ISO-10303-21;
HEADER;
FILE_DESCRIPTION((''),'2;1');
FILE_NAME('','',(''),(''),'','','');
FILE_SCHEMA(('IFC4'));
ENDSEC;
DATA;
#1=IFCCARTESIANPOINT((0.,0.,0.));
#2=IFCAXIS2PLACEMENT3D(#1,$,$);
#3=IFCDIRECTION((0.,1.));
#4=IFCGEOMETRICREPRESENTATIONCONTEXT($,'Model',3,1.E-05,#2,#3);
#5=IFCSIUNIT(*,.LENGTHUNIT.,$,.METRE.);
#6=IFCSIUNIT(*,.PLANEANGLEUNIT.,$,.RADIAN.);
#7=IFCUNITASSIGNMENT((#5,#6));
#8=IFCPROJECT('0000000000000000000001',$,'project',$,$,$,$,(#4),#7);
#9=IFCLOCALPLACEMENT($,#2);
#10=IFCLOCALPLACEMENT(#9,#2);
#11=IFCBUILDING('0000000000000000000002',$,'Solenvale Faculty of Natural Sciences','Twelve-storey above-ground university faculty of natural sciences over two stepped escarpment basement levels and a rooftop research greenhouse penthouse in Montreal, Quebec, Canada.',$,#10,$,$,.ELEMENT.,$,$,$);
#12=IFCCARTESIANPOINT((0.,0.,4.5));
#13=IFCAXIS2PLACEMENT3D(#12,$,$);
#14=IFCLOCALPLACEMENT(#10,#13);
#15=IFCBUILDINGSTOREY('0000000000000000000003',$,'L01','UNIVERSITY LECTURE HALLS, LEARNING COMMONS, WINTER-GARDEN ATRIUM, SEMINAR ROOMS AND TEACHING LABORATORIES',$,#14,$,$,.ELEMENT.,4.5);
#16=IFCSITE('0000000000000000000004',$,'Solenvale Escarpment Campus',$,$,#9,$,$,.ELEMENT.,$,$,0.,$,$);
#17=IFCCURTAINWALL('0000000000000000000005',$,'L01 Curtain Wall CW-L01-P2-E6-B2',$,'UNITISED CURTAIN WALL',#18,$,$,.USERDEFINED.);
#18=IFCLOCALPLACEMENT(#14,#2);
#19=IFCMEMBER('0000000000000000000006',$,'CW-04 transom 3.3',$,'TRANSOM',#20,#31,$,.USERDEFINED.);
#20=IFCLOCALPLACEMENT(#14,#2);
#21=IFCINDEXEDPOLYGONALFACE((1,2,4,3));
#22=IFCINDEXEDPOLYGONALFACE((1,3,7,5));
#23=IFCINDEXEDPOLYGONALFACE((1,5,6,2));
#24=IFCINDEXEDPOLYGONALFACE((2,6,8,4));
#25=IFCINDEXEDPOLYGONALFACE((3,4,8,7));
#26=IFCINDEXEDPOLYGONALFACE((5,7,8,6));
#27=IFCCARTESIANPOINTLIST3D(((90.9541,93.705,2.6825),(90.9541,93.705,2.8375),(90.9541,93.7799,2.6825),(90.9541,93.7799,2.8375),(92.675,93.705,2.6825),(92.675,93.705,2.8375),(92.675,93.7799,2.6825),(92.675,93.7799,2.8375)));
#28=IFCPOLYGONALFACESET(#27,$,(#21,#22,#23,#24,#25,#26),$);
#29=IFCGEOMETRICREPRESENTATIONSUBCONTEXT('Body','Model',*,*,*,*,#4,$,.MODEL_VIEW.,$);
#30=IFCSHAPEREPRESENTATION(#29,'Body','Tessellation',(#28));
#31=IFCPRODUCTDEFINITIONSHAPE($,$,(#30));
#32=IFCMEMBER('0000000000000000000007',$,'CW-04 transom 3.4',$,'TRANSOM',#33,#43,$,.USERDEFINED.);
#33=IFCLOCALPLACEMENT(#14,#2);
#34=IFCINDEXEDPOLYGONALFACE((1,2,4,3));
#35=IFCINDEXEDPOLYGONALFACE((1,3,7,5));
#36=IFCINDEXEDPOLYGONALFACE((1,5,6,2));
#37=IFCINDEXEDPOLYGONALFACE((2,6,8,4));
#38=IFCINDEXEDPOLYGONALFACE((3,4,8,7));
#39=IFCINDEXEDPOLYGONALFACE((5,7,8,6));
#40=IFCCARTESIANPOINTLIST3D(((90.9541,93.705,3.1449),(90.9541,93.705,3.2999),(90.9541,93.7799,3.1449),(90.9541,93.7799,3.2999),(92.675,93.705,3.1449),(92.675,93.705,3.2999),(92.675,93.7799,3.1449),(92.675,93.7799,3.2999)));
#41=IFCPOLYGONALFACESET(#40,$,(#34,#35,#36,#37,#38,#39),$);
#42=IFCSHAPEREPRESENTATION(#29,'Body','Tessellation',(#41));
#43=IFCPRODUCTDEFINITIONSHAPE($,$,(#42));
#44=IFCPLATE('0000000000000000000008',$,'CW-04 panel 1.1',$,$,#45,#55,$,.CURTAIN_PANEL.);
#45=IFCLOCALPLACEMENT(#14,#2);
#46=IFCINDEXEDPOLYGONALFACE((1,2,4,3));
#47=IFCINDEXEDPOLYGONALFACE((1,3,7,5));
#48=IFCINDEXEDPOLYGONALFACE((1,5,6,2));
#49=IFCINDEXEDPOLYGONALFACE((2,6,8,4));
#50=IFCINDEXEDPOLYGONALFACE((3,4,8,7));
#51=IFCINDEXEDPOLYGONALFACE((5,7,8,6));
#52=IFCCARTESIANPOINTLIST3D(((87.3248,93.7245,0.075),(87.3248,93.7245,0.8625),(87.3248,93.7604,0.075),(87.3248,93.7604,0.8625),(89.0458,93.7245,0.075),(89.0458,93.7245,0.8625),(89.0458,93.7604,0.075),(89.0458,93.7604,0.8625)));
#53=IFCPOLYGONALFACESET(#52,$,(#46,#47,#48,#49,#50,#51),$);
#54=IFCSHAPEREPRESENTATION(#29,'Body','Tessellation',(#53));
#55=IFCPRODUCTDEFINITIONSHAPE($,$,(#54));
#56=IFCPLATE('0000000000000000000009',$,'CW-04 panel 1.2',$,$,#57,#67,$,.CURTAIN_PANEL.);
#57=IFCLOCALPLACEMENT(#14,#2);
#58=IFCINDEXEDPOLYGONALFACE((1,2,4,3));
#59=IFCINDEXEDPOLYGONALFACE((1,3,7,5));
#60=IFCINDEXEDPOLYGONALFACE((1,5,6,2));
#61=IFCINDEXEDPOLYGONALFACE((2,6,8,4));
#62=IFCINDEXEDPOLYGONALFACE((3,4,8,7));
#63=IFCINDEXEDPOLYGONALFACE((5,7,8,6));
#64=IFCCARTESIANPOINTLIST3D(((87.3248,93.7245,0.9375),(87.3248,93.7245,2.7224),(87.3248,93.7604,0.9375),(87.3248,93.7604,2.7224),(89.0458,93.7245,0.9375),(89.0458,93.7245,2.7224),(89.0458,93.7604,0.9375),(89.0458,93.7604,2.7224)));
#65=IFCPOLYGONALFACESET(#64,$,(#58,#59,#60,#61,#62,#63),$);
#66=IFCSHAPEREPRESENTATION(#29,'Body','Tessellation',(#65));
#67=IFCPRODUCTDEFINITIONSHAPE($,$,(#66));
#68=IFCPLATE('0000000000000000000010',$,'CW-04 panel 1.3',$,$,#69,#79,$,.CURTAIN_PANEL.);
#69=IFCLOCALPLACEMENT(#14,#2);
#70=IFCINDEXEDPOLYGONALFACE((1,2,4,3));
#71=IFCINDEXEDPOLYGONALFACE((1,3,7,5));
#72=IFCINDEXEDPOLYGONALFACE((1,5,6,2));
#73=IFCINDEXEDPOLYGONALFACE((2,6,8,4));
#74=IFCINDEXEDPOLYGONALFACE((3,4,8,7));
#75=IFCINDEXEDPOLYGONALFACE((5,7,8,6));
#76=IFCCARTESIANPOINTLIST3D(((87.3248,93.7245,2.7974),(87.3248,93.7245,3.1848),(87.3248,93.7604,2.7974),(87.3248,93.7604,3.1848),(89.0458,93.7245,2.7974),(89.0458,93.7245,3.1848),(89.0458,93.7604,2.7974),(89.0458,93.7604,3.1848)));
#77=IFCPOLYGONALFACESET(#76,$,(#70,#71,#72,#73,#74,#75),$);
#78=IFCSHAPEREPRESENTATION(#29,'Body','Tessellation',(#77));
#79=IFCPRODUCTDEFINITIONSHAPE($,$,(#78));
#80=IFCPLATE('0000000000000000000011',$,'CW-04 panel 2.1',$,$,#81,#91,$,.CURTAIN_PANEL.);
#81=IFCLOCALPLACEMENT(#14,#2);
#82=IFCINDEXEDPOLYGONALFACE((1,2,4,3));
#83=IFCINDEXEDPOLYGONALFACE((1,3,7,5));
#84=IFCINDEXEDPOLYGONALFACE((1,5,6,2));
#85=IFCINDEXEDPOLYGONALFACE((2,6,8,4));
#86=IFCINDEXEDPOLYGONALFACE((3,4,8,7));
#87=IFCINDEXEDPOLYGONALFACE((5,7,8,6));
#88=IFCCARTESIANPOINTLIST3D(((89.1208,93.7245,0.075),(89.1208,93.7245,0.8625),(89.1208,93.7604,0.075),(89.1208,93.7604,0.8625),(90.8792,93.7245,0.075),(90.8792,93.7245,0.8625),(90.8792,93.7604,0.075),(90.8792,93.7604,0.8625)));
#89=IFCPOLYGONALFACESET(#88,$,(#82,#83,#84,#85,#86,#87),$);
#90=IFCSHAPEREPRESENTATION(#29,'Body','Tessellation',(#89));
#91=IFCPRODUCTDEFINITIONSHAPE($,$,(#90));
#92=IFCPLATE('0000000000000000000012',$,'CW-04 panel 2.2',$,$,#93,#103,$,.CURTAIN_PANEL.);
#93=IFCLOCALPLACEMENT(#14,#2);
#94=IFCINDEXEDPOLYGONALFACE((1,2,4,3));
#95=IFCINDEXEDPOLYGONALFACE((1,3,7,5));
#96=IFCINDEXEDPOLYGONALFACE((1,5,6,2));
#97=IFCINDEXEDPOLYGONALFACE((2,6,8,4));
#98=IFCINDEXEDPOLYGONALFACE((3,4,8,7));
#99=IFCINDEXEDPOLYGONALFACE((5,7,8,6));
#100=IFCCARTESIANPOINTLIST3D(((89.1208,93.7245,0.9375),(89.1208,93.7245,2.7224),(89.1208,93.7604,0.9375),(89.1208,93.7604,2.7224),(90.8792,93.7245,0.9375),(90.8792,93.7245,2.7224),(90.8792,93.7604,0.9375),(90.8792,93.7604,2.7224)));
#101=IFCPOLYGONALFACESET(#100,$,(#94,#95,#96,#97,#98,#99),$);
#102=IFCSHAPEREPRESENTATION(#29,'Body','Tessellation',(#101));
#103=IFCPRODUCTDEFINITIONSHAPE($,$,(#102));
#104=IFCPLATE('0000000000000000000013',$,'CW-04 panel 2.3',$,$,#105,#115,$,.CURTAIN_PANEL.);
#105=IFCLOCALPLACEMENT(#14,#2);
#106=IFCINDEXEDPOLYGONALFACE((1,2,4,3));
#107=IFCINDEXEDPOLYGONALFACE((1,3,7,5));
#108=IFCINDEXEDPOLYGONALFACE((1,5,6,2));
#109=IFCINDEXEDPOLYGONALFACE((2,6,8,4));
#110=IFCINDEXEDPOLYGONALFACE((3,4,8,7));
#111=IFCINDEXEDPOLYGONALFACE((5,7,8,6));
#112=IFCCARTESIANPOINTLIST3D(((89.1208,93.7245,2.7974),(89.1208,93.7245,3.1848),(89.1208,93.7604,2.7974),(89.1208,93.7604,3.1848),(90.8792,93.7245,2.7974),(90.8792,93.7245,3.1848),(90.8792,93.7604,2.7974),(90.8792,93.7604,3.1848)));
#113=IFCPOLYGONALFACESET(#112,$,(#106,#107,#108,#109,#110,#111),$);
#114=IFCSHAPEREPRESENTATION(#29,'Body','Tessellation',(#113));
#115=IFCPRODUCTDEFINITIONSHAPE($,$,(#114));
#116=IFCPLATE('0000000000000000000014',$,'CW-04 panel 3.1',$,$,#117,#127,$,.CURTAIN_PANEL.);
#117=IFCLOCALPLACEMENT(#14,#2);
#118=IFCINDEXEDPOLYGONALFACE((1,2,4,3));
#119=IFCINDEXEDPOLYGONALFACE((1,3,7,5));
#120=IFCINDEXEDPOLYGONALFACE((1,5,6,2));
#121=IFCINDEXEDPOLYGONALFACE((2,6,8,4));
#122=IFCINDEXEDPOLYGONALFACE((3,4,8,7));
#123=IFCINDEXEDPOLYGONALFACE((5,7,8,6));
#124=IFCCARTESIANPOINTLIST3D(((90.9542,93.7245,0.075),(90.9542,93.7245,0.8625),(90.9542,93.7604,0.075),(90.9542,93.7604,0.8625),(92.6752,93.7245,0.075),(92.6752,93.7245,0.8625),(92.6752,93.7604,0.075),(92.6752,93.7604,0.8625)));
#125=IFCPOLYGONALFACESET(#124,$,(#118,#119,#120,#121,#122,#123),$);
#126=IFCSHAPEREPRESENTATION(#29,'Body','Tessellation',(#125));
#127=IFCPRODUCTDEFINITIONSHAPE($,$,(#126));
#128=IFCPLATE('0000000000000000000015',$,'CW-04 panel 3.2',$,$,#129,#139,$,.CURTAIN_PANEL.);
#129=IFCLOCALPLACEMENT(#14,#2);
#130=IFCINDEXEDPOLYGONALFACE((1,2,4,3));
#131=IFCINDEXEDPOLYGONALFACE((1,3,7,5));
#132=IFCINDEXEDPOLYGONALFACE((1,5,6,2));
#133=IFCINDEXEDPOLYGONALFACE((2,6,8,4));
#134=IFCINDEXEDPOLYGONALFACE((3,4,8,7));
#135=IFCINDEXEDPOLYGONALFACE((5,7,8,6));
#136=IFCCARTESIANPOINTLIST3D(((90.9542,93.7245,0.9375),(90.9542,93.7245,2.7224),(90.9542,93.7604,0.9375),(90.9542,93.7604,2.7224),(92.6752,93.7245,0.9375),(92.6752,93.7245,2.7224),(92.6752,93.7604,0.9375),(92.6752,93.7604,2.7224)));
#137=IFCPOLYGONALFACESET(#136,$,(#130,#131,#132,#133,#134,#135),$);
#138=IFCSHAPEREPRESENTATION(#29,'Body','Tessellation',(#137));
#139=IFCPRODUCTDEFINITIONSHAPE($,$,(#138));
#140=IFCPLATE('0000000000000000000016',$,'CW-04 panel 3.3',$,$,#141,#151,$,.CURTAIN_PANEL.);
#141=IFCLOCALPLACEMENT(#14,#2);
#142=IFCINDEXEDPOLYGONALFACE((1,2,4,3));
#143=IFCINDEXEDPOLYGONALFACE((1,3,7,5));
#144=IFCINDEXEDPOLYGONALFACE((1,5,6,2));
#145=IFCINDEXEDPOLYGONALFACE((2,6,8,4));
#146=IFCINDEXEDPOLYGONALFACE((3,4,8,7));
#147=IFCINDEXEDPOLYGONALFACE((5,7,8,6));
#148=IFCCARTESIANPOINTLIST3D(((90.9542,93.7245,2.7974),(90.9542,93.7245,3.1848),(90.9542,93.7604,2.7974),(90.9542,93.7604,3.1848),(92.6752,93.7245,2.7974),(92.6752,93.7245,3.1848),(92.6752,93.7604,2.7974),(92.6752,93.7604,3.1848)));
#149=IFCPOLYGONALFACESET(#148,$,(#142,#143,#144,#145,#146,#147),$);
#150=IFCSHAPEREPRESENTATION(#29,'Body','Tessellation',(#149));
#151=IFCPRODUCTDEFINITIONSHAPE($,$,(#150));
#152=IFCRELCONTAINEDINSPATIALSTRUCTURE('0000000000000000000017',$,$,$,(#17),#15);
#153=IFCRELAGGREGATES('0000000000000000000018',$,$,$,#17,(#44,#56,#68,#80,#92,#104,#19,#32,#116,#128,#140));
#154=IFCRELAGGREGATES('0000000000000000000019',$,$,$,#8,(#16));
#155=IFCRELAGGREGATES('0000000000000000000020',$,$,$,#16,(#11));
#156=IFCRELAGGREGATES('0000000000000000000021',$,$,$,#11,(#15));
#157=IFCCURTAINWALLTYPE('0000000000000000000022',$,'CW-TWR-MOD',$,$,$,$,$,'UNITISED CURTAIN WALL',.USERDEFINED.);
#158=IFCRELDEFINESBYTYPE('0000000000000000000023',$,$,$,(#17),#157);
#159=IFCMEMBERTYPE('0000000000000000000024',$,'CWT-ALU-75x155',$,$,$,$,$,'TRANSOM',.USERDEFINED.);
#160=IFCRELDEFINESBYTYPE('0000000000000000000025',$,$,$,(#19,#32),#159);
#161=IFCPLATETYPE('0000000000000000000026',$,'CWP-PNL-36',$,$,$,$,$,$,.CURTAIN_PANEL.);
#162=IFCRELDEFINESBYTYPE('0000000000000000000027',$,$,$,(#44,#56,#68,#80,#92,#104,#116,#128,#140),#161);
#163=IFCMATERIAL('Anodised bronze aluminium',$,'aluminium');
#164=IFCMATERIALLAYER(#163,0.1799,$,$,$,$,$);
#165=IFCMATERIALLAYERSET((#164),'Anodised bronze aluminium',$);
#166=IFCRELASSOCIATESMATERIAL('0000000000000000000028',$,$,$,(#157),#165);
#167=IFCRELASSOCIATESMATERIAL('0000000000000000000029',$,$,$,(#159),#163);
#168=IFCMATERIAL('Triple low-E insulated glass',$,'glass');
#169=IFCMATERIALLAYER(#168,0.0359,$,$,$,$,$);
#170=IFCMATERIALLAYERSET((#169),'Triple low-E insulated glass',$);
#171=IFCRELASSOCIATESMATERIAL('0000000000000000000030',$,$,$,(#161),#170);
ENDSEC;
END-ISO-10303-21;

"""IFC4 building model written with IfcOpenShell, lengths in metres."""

from ifc_helpers import new_model, si_unit, direction, frame, origin, origin_2d, place, context, subcontext, project, spatial, rectangle, extrude, material, layer, layer_set, material_profile, profile_set, type_object, element, aggregate, save


model = new_model("IFC4")

# Units and contexts
model_context = context("Model", 3, precision=1e-05, world=origin(), true_north=direction((0.0, 1.0)))
body_context = subcontext(model_context, "Body", "Model", "MODEL_VIEW")
ifc_project = project(units=[si_unit("LENGTHUNIT", "METRE"), si_unit("PLANEANGLEUNIT", "RADIAN")], contexts=[model_context])

# Site, building, storey
site_placement = place(None, origin())
site = spatial("IfcSite", under=ifc_project, at=site_placement, Name="Solenvale Escarpment Campus", CompositionType="ELEMENT", RefElevation=0.0)
building_placement = place(site_placement, origin())
building = spatial("IfcBuilding", under=site, at=building_placement, Name="Solenvale Faculty of Natural Sciences", Description="Twelve-storey above-ground university faculty of natural sciences over two stepped escarpment basement levels and a rooftop research greenhouse penthouse in Montreal, Quebec, Canada.", CompositionType="ELEMENT")
storey_placement = place(building_placement, frame((0.0, 0.0, 4.5)))
storey = spatial("IfcBuildingStorey", under=building, at=storey_placement, Name="L01", Description="UNIVERSITY LECTURE HALLS, LEARNING COMMONS, WINTER-GARDEN ATRIUM, SEMINAR ROOMS AND TEACHING LABORATORIES", CompositionType="ELEMENT", Elevation=4.5)

# Curtain wall, members, plates
ifc_material_1 = material(Name="Anodised bronze aluminium", Category="aluminium")
ifc_layer_1 = layer(ifc_material_1, 0.1799)
ifc_layer_set_1 = layer_set([ifc_layer_1], Name="Anodised bronze aluminium")
curtain_wall_type = type_object("IfcCurtainWallType", Name="CW-TWR-MOD", ElementType="UNITISED CURTAIN WALL", PredefinedType="USERDEFINED", material=ifc_layer_set_1)
curtain_wall_placement = place(storey_placement, origin())
curtain_wall = element("IfcCurtainWall", 1, at=curtain_wall_placement, inside=storey, type_object=curtain_wall_type, Name="L01 Curtain Wall CW-L01-P2-E6-B2", ObjectType="UNITISED CURTAIN WALL", PredefinedType="USERDEFINED")
ifc_material_profile_1 = material_profile(ifc_material_1, rectangle(XDim=0.075, YDim=0.155, at=origin_2d()), Name="ALU-TRN-75x155")
ifc_profile_set_1 = profile_set([ifc_material_profile_1], Name="Anodised bronze aluminium")
member_type_1 = type_object("IfcMemberType", Name="CWT-ALU-75x155", ElementType="TRANSOM", PredefinedType="USERDEFINED", material=ifc_profile_set_1)
member_1_placement = place(storey_placement, frame((90.9541, 93.7424, 2.76), z_axis=(1.0, 0.0, 0.0), x_axis=(0.0, 1.0, 0.0)))
member_1 = element("IfcMember", 2, at=member_1_placement, type_object=member_type_1, Name="CW-04 transom 3.3", ObjectType="TRANSOM", PredefinedType="USERDEFINED", context=body_context, shape_type="SweptSolid", body=[
    extrude(rectangle(XDim=0.075, YDim=0.155, at=origin_2d()), origin(), (0.0, 0.0, 1.0), 1.7209),
])
member_2_placement = place(storey_placement, frame((90.9541, 93.7424, 3.2224), z_axis=(1.0, 0.0, 0.0), x_axis=(0.0, 1.0, 0.0)))
member_2 = element("IfcMember", 3, at=member_2_placement, type_object=member_type_1, Name="CW-04 transom 3.4", ObjectType="TRANSOM", PredefinedType="USERDEFINED", context=body_context, shape_type="SweptSolid", body=[
    extrude(rectangle(XDim=0.075, YDim=0.155, at=origin_2d()), origin(), (0.0, 0.0, 1.0), 1.7209),
])
ifc_material_2 = material(Name="Triple low-E insulated glass", Category="glass")
ifc_layer_2 = layer(ifc_material_2, 0.0359)
ifc_layer_set_2 = layer_set([ifc_layer_2], Name="Triple low-E insulated glass")
plate_type = type_object("IfcPlateType", Name="CWP-PNL-36", PredefinedType="CURTAIN_PANEL", material=ifc_layer_set_2)
plate_1_placement = place(storey_placement, frame((88.1853, 93.7424, 0.075), z_axis=(0.0, 0.0, 1.0), x_axis=(1.0, 0.0, 0.0)))
plate_1 = element("IfcPlate", 4, at=plate_1_placement, type_object=plate_type, Name="CW-04 panel 1.1", PredefinedType="CURTAIN_PANEL", context=body_context, shape_type="SweptSolid", body=[
    extrude(rectangle(XDim=1.7209, YDim=0.0359, at=origin_2d()), origin(), (0.0, 0.0, 1.0), 0.7876),
])
plate_2_placement = place(storey_placement, frame((88.1853, 93.7424, 0.9375), z_axis=(0.0, 0.0, 1.0), x_axis=(1.0, 0.0, 0.0)))
plate_2 = element("IfcPlate", 5, at=plate_2_placement, type_object=plate_type, Name="CW-04 panel 1.2", PredefinedType="CURTAIN_PANEL", context=body_context, shape_type="SweptSolid", body=[
    extrude(rectangle(XDim=1.7209, YDim=0.0359, at=origin_2d()), origin(), (0.0, 0.0, 1.0), 1.7849),
])
plate_3_placement = place(storey_placement, frame((88.1853, 93.7424, 2.7974), z_axis=(0.0, 0.0, 1.0), x_axis=(1.0, 0.0, 0.0)))
plate_3 = element("IfcPlate", 6, at=plate_3_placement, type_object=plate_type, Name="CW-04 panel 1.3", PredefinedType="CURTAIN_PANEL", context=body_context, shape_type="SweptSolid", body=[
    extrude(rectangle(XDim=1.7209, YDim=0.0359, at=origin_2d()), origin(), (0.0, 0.0, 1.0), 0.3875),
])
plate_4_placement = place(storey_placement, frame((90.0, 93.7424, 0.075), z_axis=(0.0, 0.0, 1.0), x_axis=(1.0, 0.0, 0.0)))
plate_4 = element("IfcPlate", 7, at=plate_4_placement, type_object=plate_type, Name="CW-04 panel 2.1", PredefinedType="CURTAIN_PANEL", context=body_context, shape_type="SweptSolid", body=[
    extrude(rectangle(XDim=1.7583, YDim=0.0359, at=origin_2d()), origin(), (0.0, 0.0, 1.0), 0.7876),
])
plate_5_placement = place(storey_placement, frame((90.0, 93.7424, 0.9375), z_axis=(0.0, 0.0, 1.0), x_axis=(1.0, 0.0, 0.0)))
plate_5 = element("IfcPlate", 8, at=plate_5_placement, type_object=plate_type, Name="CW-04 panel 2.2", PredefinedType="CURTAIN_PANEL", context=body_context, shape_type="SweptSolid", body=[
    extrude(rectangle(XDim=1.7583, YDim=0.0359, at=origin_2d()), origin(), (0.0, 0.0, 1.0), 1.7849),
])
plate_6_placement = place(storey_placement, frame((90.0, 93.7424, 2.7974), z_axis=(0.0, 0.0, 1.0), x_axis=(1.0, 0.0, 0.0)))
plate_6 = element("IfcPlate", 9, at=plate_6_placement, type_object=plate_type, Name="CW-04 panel 2.3", PredefinedType="CURTAIN_PANEL", context=body_context, shape_type="SweptSolid", body=[
    extrude(rectangle(XDim=1.7583, YDim=0.0359, at=origin_2d()), origin(), (0.0, 0.0, 1.0), 0.3875),
])
plate_7_placement = place(storey_placement, frame((91.8147, 93.7424, 0.075), z_axis=(0.0, 0.0, 1.0), x_axis=(1.0, 0.0, 0.0)))
plate_7 = element("IfcPlate", 10, at=plate_7_placement, type_object=plate_type, Name="CW-04 panel 3.1", PredefinedType="CURTAIN_PANEL", context=body_context, shape_type="SweptSolid", body=[
    extrude(rectangle(XDim=1.7209, YDim=0.0359, at=origin_2d()), origin(), (0.0, 0.0, 1.0), 0.7876),
])
plate_8_placement = place(storey_placement, frame((91.8147, 93.7424, 0.9375), z_axis=(0.0, 0.0, 1.0), x_axis=(1.0, 0.0, 0.0)))
plate_8 = element("IfcPlate", 11, at=plate_8_placement, type_object=plate_type, Name="CW-04 panel 3.2", PredefinedType="CURTAIN_PANEL", context=body_context, shape_type="SweptSolid", body=[
    extrude(rectangle(XDim=1.7209, YDim=0.0359, at=origin_2d()), origin(), (0.0, 0.0, 1.0), 1.7849),
])
plate_9_placement = place(storey_placement, frame((91.8147, 93.7424, 2.7974), z_axis=(0.0, 0.0, 1.0), x_axis=(1.0, 0.0, 0.0)))
plate_9 = element("IfcPlate", 12, at=plate_9_placement, type_object=plate_type, Name="CW-04 panel 3.3", PredefinedType="CURTAIN_PANEL", context=body_context, shape_type="SweptSolid", body=[
    extrude(rectangle(XDim=1.7209, YDim=0.0359, at=origin_2d()), origin(), (0.0, 0.0, 1.0), 0.3875),
])
aggregate(curtain_wall, [plate_1, plate_2, plate_3, plate_4, plate_5, plate_6, member_1, member_2, plate_7, plate_8, plate_9])

save(model, "model.ifc")
